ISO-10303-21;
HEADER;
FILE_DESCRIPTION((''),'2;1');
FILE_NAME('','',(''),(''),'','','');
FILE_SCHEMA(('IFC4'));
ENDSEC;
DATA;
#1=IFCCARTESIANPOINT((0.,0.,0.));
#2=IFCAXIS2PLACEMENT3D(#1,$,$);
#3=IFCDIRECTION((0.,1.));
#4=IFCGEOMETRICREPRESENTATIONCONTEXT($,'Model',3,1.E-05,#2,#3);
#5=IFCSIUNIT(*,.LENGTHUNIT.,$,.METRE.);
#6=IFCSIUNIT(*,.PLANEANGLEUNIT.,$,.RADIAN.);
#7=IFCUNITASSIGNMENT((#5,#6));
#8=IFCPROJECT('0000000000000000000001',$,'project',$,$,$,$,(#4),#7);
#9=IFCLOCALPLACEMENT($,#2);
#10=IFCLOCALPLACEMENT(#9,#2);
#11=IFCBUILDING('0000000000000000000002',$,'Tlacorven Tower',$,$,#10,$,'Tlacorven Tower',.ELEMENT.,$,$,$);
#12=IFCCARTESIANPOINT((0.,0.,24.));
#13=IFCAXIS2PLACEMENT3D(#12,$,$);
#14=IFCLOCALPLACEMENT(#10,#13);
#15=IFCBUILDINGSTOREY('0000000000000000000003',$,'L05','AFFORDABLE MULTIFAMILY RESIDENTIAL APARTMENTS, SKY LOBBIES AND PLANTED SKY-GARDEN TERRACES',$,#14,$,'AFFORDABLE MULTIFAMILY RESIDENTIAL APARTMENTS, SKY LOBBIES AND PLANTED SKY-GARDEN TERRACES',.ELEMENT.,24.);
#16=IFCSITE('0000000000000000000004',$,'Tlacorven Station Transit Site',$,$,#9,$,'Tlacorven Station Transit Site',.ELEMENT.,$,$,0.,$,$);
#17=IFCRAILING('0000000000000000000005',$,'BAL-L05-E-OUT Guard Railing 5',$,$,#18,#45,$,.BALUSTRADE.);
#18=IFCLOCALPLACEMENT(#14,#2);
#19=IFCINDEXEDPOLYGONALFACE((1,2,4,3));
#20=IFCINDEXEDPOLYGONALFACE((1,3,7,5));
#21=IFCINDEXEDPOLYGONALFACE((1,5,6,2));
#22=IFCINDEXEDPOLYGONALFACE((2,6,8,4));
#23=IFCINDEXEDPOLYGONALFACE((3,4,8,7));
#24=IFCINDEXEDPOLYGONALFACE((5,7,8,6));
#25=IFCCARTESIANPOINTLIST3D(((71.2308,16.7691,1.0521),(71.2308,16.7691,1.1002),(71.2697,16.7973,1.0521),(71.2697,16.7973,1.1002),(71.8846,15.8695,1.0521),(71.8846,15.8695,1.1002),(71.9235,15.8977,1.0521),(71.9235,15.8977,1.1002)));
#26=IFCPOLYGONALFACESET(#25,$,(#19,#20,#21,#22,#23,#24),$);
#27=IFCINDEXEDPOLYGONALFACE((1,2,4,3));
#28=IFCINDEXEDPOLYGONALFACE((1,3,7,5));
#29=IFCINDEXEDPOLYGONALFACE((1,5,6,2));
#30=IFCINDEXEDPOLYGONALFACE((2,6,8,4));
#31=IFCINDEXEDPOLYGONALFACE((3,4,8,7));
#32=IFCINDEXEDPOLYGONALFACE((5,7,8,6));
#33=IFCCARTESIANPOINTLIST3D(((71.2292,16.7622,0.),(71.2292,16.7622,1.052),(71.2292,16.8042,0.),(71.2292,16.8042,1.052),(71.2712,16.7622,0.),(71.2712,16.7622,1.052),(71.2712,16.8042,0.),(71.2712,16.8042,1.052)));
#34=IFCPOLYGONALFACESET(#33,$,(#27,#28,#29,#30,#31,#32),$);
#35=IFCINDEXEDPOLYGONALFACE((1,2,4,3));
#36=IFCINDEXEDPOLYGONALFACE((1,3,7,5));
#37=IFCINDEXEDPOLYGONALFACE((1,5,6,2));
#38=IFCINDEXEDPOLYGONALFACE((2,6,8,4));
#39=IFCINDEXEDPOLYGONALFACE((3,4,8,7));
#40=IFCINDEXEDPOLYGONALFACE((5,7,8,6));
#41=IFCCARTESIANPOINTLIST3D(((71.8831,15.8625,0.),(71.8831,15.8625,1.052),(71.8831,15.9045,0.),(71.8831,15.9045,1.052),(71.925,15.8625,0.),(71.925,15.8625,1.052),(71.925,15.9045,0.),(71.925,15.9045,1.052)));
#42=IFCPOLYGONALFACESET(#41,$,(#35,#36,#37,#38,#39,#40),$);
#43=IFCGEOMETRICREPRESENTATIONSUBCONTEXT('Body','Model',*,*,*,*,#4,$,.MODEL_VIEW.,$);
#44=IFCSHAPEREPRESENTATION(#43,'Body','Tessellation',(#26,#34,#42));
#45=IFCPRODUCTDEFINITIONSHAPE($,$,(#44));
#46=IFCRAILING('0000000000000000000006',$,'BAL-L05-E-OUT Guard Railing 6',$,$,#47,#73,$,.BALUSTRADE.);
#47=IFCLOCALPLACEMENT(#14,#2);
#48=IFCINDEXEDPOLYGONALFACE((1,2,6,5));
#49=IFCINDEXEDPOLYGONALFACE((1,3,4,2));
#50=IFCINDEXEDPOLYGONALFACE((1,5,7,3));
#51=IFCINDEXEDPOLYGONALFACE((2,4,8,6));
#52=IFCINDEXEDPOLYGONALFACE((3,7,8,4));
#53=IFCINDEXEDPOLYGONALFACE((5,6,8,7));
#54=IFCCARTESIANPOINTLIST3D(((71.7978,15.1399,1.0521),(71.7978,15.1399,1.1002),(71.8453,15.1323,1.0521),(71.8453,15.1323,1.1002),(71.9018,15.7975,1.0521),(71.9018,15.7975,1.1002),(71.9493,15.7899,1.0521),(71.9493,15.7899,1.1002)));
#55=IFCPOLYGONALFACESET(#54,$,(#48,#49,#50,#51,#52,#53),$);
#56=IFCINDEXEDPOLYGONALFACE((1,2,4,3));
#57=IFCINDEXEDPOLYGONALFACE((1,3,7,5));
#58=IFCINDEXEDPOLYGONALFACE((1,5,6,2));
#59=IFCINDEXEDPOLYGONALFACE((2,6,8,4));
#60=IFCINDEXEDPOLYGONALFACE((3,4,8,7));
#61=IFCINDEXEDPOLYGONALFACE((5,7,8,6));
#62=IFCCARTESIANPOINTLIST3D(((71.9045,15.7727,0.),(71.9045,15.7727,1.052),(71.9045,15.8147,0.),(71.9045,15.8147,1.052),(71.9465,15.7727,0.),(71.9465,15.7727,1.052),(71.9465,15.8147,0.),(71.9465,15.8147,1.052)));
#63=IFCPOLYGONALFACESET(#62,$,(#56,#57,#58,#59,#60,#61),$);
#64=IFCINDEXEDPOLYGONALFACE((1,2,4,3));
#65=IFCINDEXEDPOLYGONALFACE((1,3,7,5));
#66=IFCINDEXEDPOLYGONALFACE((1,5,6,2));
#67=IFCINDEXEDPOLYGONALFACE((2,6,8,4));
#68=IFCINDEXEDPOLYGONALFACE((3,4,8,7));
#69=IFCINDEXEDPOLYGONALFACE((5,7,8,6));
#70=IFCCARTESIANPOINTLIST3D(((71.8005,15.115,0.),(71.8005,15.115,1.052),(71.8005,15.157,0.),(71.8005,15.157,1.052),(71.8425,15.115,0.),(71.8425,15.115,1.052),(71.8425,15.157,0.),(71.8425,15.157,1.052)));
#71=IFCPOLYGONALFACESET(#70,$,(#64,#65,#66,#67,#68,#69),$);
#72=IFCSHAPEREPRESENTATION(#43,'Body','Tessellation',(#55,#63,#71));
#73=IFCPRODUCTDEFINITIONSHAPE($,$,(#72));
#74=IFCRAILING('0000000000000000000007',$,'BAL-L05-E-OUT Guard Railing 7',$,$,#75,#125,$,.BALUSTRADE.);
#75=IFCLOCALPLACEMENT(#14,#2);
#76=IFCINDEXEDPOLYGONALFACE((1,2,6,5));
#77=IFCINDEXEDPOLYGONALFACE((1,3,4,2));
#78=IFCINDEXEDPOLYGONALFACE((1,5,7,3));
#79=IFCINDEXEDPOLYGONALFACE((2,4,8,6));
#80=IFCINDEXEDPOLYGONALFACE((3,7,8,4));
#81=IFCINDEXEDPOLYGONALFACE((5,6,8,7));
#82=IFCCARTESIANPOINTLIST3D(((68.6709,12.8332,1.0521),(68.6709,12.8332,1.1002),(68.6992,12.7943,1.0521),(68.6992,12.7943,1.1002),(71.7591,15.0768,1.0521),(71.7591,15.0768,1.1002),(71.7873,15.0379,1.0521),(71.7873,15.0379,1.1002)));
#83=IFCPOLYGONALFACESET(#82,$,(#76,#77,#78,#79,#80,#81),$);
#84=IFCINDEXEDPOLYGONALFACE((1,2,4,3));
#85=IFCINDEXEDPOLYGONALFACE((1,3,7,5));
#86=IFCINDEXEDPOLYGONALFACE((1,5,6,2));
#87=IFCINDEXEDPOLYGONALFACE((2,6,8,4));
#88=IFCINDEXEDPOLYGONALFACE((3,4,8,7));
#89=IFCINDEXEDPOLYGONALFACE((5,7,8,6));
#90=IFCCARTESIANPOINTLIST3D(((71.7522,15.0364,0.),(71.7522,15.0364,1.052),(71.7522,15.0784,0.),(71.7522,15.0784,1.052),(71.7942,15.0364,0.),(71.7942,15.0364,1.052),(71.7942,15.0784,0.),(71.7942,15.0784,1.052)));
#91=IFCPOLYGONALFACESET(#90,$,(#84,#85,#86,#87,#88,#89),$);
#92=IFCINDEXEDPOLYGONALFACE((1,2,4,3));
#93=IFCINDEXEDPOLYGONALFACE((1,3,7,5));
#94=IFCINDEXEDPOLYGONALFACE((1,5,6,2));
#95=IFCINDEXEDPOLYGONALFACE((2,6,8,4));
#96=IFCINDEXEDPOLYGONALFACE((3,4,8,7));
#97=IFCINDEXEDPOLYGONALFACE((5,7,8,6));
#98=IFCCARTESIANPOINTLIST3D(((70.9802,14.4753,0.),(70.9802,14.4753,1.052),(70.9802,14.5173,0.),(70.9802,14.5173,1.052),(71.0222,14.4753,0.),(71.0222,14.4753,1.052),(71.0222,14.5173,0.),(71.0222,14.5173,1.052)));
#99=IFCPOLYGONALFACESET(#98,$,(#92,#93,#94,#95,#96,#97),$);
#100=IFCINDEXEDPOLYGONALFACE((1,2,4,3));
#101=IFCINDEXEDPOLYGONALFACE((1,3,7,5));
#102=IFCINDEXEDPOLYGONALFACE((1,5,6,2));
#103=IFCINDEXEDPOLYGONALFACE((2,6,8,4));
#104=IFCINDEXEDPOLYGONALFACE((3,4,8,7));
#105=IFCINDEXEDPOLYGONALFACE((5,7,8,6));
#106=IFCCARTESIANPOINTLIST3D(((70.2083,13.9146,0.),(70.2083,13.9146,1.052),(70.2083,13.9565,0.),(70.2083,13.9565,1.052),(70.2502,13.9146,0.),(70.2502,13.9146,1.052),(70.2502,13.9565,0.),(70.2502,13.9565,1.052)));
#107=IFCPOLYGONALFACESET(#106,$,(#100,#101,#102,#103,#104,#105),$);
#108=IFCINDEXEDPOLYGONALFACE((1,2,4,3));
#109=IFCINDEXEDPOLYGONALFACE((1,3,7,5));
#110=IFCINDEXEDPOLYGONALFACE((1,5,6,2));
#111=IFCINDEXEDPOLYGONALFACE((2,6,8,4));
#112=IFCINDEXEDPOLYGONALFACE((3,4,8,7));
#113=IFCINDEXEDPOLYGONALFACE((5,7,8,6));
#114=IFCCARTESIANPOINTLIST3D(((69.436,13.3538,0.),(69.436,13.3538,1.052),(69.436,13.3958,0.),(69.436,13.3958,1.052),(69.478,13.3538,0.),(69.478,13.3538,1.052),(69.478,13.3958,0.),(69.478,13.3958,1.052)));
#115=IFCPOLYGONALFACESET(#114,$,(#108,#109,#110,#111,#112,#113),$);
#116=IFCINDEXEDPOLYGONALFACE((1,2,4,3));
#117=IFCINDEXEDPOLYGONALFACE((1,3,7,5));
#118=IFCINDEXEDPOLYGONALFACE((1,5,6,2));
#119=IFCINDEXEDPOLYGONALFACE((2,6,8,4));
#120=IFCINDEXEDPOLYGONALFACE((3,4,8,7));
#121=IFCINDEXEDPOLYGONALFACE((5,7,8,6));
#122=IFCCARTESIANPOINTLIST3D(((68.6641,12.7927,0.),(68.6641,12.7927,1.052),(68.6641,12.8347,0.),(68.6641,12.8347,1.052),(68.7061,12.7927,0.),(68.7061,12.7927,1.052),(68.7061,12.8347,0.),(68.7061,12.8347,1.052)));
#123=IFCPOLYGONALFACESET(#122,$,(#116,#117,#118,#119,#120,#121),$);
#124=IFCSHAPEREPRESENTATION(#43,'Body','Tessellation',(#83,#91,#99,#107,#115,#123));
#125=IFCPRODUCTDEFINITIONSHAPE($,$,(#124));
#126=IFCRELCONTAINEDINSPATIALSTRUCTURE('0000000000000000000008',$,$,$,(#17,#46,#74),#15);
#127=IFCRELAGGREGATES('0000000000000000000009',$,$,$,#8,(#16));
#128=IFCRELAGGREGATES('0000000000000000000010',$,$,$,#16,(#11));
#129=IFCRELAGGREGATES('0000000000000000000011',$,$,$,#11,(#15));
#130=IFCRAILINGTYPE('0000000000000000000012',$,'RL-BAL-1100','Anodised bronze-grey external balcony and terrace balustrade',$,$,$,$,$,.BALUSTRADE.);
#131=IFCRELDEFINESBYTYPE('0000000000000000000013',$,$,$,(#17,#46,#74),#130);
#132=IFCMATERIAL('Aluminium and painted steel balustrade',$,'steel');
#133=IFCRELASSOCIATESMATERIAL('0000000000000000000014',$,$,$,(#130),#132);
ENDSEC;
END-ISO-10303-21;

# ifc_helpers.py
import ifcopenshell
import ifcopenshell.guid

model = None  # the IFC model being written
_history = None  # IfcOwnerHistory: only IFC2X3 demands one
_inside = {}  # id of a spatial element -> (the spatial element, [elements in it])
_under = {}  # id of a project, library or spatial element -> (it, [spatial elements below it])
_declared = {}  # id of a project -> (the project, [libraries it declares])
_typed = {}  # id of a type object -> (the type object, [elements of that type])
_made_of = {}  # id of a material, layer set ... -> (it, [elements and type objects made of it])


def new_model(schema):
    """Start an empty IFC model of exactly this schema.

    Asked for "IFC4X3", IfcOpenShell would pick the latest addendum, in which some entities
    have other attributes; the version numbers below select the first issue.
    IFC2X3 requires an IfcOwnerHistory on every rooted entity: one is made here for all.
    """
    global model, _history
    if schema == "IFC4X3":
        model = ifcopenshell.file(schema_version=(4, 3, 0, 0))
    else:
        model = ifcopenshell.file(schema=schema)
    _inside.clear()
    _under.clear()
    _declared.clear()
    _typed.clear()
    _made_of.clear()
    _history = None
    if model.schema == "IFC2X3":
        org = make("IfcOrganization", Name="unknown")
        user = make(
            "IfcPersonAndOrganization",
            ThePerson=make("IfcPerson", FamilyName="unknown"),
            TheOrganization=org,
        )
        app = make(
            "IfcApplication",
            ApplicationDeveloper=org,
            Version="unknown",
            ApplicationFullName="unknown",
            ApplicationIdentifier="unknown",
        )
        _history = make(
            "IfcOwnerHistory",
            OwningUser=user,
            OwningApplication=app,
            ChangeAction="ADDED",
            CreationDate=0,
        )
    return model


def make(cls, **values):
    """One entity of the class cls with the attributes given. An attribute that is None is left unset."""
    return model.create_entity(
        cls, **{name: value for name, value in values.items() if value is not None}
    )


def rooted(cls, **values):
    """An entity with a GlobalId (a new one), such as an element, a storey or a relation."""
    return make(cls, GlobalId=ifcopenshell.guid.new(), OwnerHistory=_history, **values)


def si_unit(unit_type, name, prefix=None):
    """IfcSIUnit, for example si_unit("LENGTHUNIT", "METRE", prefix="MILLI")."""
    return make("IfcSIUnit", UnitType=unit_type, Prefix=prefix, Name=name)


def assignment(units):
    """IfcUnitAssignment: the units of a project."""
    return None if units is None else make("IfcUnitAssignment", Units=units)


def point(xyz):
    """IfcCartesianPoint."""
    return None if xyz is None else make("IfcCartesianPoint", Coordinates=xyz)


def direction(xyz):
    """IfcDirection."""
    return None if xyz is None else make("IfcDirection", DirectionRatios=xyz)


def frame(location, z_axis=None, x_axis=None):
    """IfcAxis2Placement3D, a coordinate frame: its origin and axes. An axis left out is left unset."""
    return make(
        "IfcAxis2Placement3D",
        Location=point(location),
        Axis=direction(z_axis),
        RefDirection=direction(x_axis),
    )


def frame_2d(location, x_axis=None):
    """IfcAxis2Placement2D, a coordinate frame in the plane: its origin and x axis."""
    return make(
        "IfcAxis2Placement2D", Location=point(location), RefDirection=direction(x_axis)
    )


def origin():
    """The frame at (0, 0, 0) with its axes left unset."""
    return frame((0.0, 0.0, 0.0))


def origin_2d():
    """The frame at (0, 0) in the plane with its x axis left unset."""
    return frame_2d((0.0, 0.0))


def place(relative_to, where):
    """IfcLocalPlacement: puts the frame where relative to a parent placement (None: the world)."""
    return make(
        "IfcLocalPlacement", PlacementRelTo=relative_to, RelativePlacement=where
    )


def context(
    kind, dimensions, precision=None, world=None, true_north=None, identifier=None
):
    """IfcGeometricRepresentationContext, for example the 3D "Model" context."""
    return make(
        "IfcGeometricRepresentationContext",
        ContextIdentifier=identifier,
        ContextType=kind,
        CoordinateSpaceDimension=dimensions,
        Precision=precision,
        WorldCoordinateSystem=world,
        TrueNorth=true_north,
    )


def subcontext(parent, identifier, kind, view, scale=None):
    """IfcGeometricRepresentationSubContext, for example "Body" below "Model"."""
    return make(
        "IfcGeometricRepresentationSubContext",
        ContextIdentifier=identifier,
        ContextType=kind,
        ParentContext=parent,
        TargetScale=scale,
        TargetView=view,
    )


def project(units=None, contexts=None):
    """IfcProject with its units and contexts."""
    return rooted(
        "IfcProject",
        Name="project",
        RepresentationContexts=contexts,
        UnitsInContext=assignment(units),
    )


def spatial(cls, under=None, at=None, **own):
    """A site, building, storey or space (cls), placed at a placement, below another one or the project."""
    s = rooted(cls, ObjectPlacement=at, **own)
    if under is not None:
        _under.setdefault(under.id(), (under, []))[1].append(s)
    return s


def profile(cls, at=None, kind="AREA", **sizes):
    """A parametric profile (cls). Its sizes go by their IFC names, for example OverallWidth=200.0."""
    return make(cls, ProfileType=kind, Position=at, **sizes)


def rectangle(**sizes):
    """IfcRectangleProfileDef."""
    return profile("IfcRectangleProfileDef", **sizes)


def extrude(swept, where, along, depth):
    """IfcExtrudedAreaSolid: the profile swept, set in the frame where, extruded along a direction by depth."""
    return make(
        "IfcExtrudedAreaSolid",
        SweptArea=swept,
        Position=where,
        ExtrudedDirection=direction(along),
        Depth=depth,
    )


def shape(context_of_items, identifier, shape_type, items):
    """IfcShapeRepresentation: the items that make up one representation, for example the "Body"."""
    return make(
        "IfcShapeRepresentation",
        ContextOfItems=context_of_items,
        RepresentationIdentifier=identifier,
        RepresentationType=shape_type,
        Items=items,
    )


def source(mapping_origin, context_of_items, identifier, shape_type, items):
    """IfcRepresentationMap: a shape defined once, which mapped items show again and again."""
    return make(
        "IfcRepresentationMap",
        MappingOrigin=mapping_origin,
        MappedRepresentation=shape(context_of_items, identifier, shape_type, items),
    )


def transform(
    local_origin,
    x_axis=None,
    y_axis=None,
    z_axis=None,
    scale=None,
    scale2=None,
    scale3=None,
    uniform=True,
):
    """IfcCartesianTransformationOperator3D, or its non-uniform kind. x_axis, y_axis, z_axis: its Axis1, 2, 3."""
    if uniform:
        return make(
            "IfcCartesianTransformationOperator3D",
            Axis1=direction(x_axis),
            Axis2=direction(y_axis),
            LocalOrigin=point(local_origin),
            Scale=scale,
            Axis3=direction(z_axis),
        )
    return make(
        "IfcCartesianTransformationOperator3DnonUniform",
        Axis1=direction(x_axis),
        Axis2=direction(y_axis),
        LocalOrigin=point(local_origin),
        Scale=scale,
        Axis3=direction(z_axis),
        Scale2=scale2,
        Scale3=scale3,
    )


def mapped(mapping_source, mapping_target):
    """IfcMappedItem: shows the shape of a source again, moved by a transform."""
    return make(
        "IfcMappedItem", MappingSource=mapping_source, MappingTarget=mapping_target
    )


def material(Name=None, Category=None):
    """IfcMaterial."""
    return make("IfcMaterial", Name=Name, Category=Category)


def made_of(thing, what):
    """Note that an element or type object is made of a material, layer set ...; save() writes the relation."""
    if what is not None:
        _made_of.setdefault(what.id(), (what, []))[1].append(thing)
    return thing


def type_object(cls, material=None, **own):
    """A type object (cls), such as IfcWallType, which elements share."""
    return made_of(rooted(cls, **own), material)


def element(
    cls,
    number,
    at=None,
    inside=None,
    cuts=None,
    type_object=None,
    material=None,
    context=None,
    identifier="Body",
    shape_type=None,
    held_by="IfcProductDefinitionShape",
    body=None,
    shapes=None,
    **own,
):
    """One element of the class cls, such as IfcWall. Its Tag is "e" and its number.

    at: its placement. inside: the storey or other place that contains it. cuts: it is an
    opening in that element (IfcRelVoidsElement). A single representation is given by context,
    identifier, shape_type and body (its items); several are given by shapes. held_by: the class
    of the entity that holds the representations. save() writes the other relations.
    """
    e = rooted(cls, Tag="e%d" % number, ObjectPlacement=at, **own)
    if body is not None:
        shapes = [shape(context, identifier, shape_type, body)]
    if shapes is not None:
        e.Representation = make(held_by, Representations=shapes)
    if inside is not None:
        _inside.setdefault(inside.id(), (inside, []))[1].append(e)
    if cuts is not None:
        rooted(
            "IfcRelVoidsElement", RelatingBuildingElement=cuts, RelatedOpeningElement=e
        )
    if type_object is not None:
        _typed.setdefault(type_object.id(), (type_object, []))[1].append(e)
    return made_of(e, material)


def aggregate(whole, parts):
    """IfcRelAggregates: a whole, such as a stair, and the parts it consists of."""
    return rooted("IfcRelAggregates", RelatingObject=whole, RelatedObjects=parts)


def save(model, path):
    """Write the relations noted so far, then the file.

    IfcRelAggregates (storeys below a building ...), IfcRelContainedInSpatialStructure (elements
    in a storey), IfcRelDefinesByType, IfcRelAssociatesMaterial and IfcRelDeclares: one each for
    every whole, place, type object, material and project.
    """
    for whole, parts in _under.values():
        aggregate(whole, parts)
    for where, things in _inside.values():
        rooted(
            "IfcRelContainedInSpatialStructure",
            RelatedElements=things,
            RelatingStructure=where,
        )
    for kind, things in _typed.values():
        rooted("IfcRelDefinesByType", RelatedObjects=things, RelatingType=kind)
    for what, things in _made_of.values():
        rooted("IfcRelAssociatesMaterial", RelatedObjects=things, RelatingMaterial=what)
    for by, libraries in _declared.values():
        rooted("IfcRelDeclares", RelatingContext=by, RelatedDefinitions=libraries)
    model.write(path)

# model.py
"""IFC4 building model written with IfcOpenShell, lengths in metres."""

from ifc_helpers import new_model, si_unit, direction, frame, origin, origin_2d, place, context, subcontext, project, spatial, rectangle, extrude, source, transform, mapped, material, type_object, element, save


model = new_model("IFC4")

# Units and contexts
model_context = context("Model", 3, precision=1e-05, world=origin(), true_north=direction((0.0, 1.0)))
body_context = subcontext(model_context, "Body", "Model", "MODEL_VIEW")
ifc_project = project(units=[si_unit("LENGTHUNIT", "METRE"), si_unit("PLANEANGLEUNIT", "RADIAN")], contexts=[model_context])

# Site, building, storey
site_placement = place(None, origin())
site = spatial("IfcSite", under=ifc_project, at=site_placement, Name="Tlacorven Station Transit Site", LongName="Tlacorven Station Transit Site", CompositionType="ELEMENT", RefElevation=0.0)
building_placement = place(site_placement, origin())
building = spatial("IfcBuilding", under=site, at=building_placement, Name="Tlacorven Tower", LongName="Tlacorven Tower", CompositionType="ELEMENT")
storey_placement = place(building_placement, frame((0.0, 0.0, 24.0)))
storey = spatial("IfcBuildingStorey", under=building, at=storey_placement, Name="L05", Description="AFFORDABLE MULTIFAMILY RESIDENTIAL APARTMENTS, SKY LOBBIES AND PLANTED SKY-GARDEN TERRACES", LongName="AFFORDABLE MULTIFAMILY RESIDENTIAL APARTMENTS, SKY LOBBIES AND PLANTED SKY-GARDEN TERRACES", CompositionType="ELEMENT", Elevation=24.0)

# Railings
ifc_material_1 = material(Name="Aluminium and painted steel balustrade", Category="steel")
railing_type = type_object("IfcRailingType", Name="RL-BAL-1100", Description="Anodised bronze-grey external balcony and terrace balustrade", PredefinedType="BALUSTRADE", material=ifc_material_1)
shared_shape_1 = source(origin(), body_context, "Body", "SweptSolid", [
    extrude(rectangle(XDim=0.0481, YDim=0.0481, at=origin_2d()), frame((0.0, 0.0, 1.0762), z_axis=(0.587884, -0.808945, 0.0), x_axis=(0.808945, 0.587884, 0.0)), (0.0, 0.0, 1.0), 1.1121),
    extrude(rectangle(XDim=0.042, YDim=0.042, at=origin_2d()), origin(), (0.0, 0.0, 1.0), 1.052),
    extrude(rectangle(XDim=0.042, YDim=0.042, at=origin_2d()), frame((0.6538, -0.8997, 0.0)), (0.0, 0.0, 1.0), 1.052),
])
railing_1_placement = place(storey_placement, frame((71.2502, 16.7832, 0.0)))
element("IfcRailing", 1, at=railing_1_placement, inside=storey, type_object=railing_type, Name="BAL-L05-E-OUT Guard Railing 5", PredefinedType="BALUSTRADE", context=body_context, shape_type="MappedRepresentation", body=[
    mapped(shared_shape_1, transform((0.0, 0.0, 0.0), scale=1.0)),
])
shared_shape_2 = source(origin(), body_context, "Body", "SweptSolid", [
    extrude(rectangle(XDim=0.0481, YDim=0.0481, at=origin_2d()), frame((0.0, 0.0, 1.0762), z_axis=(-0.156188, -0.987727, 0.0), x_axis=(0.987727, -0.156188, 0.0)), (0.0, 0.0, 1.0), 0.6658),
    extrude(rectangle(XDim=0.042, YDim=0.042, at=origin_2d()), origin(), (0.0, 0.0, 1.0), 1.052),
    extrude(rectangle(XDim=0.042, YDim=0.042, at=origin_2d()), frame((-0.104, -0.6577, 0.0)), (0.0, 0.0, 1.0), 1.052),
])
railing_2_placement = place(storey_placement, frame((71.9255, 15.7937, 0.0)))
element("IfcRailing", 2, at=railing_2_placement, inside=storey, type_object=railing_type, Name="BAL-L05-E-OUT Guard Railing 6", PredefinedType="BALUSTRADE", context=body_context, shape_type="MappedRepresentation", body=[
    mapped(shared_shape_2, transform((0.0, 0.0, 0.0), scale=1.0)),
])
shared_shape_3 = source(origin(), body_context, "Body", "SweptSolid", [
    extrude(rectangle(XDim=0.0481, YDim=0.0481, at=origin_2d()), frame((0.0, 0.0, 1.0762), z_axis=(-0.809018, -0.587784, 0.0), x_axis=(0.587784, -0.809018, 0.0)), (0.0, 0.0, 1.0), 3.8171),
    extrude(rectangle(XDim=0.042, YDim=0.042, at=origin_2d()), origin(), (0.0, 0.0, 1.0), 1.052),
    extrude(rectangle(XDim=0.042, YDim=0.042, at=origin_2d()), frame((-0.772, -0.561, 0.0)), (0.0, 0.0, 1.0), 1.052),
    extrude(rectangle(XDim=0.042, YDim=0.042, at=origin_2d()), frame((-1.5439, -1.1218, 0.0)), (0.0, 0.0, 1.0), 1.052),
    extrude(rectangle(XDim=0.042, YDim=0.042, at=origin_2d()), frame((-2.3162, -1.6826, 0.0)), (0.0, 0.0, 1.0), 1.052),
    extrude(rectangle(XDim=0.042, YDim=0.042, at=origin_2d()), frame((-3.0881, -2.2437, 0.0)), (0.0, 0.0, 1.0), 1.052),
])
railing_3_placement = place(storey_placement, frame((71.7732, 15.0574, 0.0)))
element("IfcRailing", 3, at=railing_3_placement, inside=storey, type_object=railing_type, Name="BAL-L05-E-OUT Guard Railing 7", PredefinedType="BALUSTRADE", context=body_context, shape_type="MappedRepresentation", body=[
    mapped(shared_shape_3, transform((0.0, 0.0, 0.0), scale=1.0)),
])

save(model, "model.ifc")
